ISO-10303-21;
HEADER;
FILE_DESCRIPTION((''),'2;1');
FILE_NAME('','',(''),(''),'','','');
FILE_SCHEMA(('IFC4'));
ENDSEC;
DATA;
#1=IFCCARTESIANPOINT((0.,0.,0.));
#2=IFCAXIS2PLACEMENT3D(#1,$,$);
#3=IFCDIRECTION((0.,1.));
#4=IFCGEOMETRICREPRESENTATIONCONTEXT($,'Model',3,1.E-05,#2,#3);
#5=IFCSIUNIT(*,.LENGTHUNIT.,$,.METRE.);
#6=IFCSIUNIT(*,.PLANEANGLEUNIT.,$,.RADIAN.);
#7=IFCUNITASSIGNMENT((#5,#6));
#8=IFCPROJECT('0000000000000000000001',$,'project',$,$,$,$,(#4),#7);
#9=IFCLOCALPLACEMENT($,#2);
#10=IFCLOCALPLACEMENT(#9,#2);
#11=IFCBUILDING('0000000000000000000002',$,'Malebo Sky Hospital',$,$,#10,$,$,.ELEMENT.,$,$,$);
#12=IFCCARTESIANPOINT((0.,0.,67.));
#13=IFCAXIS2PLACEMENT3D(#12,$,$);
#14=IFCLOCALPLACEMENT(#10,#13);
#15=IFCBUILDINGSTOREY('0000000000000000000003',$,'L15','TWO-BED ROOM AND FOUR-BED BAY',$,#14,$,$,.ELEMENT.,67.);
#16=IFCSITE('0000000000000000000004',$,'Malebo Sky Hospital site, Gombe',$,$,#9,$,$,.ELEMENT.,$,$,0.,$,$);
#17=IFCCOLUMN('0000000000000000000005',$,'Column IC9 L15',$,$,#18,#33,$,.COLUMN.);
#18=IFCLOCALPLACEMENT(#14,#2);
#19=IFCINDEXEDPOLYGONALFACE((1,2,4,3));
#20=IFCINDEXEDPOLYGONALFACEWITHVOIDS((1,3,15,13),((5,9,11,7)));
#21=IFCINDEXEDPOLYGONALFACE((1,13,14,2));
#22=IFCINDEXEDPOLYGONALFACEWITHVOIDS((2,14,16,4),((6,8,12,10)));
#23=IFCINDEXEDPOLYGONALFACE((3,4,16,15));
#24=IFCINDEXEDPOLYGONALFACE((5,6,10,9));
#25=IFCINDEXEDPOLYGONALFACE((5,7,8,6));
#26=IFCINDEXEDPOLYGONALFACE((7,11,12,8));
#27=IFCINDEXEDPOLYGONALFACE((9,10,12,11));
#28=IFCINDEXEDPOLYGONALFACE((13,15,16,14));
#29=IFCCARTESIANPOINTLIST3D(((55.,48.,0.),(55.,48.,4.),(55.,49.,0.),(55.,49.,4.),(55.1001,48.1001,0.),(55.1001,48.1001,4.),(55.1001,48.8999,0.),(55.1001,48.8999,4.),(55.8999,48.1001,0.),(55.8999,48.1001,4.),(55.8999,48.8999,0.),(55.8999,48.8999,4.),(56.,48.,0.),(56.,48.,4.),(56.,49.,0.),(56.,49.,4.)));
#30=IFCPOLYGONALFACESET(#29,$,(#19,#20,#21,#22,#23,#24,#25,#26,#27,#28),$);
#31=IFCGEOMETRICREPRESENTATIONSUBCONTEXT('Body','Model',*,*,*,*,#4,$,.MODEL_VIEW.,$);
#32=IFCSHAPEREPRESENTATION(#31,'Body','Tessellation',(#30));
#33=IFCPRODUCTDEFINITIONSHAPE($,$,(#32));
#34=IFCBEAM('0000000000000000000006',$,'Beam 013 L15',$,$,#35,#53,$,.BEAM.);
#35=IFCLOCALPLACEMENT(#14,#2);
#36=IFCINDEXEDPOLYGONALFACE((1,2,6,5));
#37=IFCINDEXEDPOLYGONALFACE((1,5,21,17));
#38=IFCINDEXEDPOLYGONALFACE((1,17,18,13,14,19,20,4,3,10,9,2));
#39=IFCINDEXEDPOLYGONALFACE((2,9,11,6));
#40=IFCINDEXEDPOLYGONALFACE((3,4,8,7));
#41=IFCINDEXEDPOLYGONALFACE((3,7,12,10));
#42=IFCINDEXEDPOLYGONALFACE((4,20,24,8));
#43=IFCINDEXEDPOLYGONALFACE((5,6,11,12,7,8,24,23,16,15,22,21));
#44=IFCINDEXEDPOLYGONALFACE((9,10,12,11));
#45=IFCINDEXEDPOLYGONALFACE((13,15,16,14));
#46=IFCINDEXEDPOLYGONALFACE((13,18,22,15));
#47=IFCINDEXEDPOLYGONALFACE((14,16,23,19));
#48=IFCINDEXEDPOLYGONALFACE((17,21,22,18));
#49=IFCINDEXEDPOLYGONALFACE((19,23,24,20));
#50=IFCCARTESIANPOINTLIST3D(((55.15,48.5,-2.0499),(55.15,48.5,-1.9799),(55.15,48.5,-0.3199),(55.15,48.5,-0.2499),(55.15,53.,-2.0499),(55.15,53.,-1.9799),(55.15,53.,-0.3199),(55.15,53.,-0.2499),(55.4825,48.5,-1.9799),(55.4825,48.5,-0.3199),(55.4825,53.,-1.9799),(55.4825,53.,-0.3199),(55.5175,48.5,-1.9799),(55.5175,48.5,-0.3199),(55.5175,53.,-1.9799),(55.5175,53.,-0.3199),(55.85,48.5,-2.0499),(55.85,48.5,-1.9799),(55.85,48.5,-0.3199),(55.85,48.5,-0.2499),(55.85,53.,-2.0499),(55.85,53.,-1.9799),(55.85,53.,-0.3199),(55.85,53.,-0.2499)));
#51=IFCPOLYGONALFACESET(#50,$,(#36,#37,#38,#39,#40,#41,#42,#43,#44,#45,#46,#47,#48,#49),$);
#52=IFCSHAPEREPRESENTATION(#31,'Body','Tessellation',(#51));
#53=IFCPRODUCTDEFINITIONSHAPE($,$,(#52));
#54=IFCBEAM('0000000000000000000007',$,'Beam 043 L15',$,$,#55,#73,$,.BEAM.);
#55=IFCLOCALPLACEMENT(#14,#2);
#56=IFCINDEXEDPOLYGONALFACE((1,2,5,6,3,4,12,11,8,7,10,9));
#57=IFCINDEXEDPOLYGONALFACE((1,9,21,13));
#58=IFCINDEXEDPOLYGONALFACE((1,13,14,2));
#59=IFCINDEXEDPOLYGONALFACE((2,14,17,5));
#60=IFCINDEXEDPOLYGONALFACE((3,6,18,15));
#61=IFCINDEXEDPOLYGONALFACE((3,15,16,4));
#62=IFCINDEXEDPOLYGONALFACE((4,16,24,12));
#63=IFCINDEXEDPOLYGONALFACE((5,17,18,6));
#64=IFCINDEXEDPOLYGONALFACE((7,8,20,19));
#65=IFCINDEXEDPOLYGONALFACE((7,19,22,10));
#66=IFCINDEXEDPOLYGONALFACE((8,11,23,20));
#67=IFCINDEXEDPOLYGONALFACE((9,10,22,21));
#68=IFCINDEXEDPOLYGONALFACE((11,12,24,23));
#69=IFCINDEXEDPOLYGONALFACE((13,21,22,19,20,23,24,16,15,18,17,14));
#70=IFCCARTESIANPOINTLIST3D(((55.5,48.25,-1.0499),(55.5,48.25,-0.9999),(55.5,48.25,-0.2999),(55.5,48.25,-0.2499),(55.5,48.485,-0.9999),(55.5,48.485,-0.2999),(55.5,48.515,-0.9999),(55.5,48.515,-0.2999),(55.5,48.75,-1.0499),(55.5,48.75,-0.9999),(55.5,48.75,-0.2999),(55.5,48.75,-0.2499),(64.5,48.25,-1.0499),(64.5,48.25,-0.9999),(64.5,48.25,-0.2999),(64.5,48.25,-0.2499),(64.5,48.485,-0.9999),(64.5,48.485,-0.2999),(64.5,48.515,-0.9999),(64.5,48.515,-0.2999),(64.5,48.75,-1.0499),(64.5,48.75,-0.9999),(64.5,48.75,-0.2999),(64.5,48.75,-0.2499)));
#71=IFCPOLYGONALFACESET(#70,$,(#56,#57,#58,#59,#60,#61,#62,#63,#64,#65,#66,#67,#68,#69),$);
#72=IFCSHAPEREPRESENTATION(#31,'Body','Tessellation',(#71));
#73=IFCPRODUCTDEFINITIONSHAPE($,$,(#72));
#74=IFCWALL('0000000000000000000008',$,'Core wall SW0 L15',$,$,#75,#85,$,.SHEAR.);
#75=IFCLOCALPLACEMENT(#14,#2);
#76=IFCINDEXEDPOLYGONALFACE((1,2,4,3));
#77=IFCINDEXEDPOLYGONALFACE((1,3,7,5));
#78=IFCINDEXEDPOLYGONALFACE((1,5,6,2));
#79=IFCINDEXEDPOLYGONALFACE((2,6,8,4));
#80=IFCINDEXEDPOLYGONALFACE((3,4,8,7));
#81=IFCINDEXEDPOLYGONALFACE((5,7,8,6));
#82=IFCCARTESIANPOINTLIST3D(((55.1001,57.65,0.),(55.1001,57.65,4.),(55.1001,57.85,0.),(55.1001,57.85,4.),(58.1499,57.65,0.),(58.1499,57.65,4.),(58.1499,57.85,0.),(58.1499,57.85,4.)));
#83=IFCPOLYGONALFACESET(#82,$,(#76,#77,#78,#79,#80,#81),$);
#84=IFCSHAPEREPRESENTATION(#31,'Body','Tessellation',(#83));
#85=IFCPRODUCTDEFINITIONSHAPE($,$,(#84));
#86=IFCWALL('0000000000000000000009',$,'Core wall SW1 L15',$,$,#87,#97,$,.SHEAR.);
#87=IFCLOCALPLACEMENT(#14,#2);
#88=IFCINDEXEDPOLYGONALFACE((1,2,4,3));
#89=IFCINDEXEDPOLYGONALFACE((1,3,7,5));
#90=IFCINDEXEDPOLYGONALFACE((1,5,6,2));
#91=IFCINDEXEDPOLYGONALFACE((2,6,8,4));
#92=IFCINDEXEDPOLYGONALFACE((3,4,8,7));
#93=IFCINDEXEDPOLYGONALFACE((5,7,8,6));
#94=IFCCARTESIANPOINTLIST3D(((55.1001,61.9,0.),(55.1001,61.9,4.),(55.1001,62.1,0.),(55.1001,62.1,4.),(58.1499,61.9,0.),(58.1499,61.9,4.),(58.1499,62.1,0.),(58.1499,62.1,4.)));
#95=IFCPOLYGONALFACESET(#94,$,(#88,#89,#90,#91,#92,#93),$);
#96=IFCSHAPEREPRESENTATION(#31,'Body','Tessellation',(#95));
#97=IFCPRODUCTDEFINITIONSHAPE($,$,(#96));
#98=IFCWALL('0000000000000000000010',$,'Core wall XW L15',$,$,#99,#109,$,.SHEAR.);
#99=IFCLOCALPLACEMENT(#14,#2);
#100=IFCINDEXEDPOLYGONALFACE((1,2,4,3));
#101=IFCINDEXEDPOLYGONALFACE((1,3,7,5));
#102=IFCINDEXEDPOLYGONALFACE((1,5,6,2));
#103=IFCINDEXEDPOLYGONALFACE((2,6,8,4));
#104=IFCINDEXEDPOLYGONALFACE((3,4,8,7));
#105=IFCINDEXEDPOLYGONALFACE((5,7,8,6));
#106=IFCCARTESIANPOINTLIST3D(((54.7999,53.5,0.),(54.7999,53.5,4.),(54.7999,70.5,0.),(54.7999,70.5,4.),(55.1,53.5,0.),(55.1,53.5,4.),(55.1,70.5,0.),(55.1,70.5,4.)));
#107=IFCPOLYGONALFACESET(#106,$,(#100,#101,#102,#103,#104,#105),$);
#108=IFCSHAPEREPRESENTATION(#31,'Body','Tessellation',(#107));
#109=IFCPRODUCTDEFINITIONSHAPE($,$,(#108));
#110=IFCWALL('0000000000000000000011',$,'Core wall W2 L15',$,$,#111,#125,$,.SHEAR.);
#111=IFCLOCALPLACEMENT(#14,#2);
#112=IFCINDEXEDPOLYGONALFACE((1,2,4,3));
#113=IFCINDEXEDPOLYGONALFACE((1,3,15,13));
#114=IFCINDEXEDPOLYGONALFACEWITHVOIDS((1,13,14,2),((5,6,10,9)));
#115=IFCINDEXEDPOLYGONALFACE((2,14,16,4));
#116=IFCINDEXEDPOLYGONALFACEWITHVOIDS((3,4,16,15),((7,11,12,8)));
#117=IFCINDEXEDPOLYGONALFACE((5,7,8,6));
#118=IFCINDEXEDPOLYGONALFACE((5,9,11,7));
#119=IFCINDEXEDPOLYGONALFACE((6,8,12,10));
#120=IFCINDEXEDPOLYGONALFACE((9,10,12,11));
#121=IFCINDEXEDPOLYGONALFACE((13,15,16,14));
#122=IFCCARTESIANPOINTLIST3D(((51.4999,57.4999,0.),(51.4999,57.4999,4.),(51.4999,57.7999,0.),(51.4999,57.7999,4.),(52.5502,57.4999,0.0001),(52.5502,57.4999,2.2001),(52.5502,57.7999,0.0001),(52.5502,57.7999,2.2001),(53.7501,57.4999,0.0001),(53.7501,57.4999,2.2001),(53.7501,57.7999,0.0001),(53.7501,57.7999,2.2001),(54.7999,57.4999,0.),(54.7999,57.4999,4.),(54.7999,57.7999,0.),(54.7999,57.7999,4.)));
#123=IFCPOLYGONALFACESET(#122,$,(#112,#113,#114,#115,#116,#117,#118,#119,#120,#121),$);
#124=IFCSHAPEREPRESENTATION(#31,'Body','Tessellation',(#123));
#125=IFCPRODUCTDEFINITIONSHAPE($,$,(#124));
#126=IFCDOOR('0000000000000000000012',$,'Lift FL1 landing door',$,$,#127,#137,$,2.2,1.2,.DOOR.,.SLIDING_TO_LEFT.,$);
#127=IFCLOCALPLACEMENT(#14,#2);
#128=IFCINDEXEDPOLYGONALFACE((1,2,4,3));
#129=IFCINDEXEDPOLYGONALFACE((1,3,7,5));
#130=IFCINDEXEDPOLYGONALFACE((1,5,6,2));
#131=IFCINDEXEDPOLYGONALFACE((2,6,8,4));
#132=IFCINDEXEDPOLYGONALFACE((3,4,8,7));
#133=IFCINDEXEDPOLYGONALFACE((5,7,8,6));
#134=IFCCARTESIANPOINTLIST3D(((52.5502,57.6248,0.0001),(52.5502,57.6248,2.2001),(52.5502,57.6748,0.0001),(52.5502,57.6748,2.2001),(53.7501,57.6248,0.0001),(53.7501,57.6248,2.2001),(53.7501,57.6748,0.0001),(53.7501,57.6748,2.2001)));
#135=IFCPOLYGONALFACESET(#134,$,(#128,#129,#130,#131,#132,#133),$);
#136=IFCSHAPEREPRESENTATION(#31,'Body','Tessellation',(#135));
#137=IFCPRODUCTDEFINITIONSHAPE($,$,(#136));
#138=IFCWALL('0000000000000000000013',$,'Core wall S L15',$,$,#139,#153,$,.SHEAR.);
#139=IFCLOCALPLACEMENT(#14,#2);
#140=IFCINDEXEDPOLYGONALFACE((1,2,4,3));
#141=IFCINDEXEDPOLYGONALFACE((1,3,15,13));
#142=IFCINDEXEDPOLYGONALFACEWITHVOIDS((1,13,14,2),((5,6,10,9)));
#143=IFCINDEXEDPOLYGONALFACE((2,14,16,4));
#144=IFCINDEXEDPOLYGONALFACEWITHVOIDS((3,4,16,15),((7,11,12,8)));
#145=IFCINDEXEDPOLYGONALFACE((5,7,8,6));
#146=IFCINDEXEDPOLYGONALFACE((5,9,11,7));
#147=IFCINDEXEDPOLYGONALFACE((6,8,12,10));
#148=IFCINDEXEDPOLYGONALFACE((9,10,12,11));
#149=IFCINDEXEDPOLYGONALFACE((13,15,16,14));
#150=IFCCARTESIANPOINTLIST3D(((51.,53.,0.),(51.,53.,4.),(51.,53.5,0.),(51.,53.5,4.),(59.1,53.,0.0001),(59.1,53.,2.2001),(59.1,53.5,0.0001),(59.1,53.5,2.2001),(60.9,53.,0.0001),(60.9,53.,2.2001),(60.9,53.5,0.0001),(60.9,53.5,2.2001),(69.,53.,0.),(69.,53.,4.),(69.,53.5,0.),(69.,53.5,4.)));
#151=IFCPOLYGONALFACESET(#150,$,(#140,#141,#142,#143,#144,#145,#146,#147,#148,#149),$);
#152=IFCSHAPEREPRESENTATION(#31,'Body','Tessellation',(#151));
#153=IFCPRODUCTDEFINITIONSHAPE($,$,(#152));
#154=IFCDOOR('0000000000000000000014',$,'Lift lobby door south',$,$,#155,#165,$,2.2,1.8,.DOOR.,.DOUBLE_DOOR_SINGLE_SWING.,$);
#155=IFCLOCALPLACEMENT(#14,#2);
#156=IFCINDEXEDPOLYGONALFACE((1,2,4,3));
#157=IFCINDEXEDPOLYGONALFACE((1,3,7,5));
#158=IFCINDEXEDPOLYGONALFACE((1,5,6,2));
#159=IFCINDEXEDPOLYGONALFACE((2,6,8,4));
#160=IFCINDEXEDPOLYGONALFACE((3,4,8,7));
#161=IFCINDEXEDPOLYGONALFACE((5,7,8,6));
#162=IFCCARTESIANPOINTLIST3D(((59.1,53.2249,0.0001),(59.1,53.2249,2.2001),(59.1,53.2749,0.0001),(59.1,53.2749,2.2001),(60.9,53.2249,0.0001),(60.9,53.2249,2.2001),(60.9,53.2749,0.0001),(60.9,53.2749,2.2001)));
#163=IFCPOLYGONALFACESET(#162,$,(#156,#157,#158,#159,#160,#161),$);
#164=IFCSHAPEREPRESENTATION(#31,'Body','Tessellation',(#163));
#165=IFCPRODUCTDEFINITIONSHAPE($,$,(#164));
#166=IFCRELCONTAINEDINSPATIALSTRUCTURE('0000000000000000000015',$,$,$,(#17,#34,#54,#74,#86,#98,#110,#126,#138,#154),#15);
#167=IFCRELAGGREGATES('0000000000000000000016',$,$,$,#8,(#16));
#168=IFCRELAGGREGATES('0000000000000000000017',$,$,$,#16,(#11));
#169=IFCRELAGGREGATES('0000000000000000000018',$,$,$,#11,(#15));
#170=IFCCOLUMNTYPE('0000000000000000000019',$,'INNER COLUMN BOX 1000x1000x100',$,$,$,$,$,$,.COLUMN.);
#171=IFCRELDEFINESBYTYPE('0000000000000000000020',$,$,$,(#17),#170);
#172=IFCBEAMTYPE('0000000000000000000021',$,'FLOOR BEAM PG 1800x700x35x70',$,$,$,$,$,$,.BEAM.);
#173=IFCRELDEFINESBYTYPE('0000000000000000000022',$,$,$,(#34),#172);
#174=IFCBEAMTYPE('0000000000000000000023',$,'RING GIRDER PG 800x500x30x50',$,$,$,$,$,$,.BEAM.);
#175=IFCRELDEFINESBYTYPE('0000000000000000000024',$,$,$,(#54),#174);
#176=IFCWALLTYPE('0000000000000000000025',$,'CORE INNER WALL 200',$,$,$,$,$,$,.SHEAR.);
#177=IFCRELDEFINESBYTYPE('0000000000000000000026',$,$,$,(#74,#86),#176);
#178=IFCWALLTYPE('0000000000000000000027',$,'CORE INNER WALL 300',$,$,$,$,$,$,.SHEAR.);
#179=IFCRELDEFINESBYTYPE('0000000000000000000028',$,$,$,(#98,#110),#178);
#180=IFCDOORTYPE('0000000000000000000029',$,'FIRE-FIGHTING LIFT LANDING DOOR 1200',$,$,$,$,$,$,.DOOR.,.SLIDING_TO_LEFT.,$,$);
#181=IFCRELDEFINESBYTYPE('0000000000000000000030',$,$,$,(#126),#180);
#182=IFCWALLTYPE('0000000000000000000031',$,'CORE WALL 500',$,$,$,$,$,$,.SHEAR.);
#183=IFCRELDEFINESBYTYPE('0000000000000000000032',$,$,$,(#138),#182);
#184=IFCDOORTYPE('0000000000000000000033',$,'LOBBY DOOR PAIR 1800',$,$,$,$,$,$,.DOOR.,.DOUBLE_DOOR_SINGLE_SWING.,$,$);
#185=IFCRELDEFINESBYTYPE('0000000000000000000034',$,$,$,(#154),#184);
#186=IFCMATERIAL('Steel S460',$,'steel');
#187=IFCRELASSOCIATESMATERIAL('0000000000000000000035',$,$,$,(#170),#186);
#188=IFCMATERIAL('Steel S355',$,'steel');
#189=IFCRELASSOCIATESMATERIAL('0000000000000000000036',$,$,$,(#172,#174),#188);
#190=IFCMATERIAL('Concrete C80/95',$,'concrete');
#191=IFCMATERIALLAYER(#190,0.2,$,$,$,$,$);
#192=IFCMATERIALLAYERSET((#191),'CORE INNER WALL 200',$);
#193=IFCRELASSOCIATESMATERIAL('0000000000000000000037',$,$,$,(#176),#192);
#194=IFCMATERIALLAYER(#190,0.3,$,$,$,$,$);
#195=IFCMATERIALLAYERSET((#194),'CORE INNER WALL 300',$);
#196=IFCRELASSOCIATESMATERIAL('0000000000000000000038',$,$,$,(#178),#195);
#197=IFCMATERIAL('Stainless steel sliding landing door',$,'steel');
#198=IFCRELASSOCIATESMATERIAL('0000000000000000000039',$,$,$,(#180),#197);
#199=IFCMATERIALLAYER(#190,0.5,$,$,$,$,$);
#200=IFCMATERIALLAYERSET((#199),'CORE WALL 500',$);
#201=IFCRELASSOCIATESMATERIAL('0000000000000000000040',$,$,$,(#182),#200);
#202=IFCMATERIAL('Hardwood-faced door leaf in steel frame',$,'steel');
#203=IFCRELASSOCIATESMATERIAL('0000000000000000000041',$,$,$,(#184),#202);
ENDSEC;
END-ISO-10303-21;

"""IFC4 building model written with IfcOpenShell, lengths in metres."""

from ifc_helpers import new_model, si_unit, direction, frame, frame_2d, origin, origin_2d, place, context, subcontext, project, spatial, rectangle, hollow_rectangle, i_section, extrude, material, layer, layer_set, material_profile, profile_set, type_object, element, fill, save


model = new_model("IFC4")

# Units and contexts
model_context = context("Model", 3, precision=1e-05, world=origin(), true_north=direction((0.0, 1.0)))
body_context = subcontext(model_context, "Body", "Model", "MODEL_VIEW")
ifc_project = project(units=[si_unit("LENGTHUNIT", "METRE"), si_unit("PLANEANGLEUNIT", "RADIAN")], contexts=[model_context])

# Site, building, storey
site_placement = place(None, origin())
site = spatial("IfcSite", under=ifc_project, at=site_placement, Name="Malebo Sky Hospital site, Gombe", CompositionType="ELEMENT", RefElevation=0.0)
building_placement = place(site_placement, origin())
building = spatial("IfcBuilding", under=site, at=building_placement, Name="Malebo Sky Hospital", CompositionType="ELEMENT")
storey_placement = place(building_placement, frame((0.0, 0.0, 67.0)))
storey = spatial("IfcBuildingStorey", under=building, at=storey_placement, Name="L15", Description="TWO-BED ROOM AND FOUR-BED BAY", CompositionType="ELEMENT", Elevation=67.0)

# Column
ifc_material_1 = material(Name="Steel S460", Category="steel")
ifc_material_profile_1 = material_profile(ifc_material_1, hollow_rectangle(XDim=1.0, YDim=1.0, WallThickness=0.1001, at=origin_2d()), Name="BOX 1000x1000x100")
ifc_profile_set_1 = profile_set([ifc_material_profile_1], Name="Steel S460")
column_type = type_object("IfcColumnType", Name="INNER COLUMN BOX 1000x1000x100", PredefinedType="COLUMN", material=ifc_profile_set_1)
column_placement = place(storey_placement, frame((55.5, 48.5, 0.0), z_axis=(0.0, 0.0, 1.0), x_axis=(1.0, 0.0, 0.0)))
element("IfcColumn", 1, at=column_placement, inside=storey, type_object=column_type, Name="Column IC9 L15", PredefinedType="COLUMN", context=body_context, shape_type="SweptSolid", body=[
    extrude(hollow_rectangle(XDim=1.0, YDim=1.0, WallThickness=0.1001, at=origin_2d()), origin(), (0.0, 0.0, 1.0), 4.0),
])

# Beams
ifc_material_2 = material(Name="Steel S355", Category="steel")
ifc_material_profile_2 = material_profile(ifc_material_2, i_section(OverallWidth=0.7, OverallDepth=1.8, WebThickness=0.0349, FlangeThickness=0.0701, at=origin_2d()), Name="PG 1800x700x35x70")
ifc_profile_set_2 = profile_set([ifc_material_profile_2], Name="Steel S355")
beam_type_1 = type_object("IfcBeamType", Name="FLOOR BEAM PG 1800x700x35x70", PredefinedType="BEAM", material=ifc_profile_set_2)
beam_1_placement = place(storey_placement, frame((55.5, 48.5, -1.1499), z_axis=(0.0, 1.0, 0.0), x_axis=(-1.0, 0.0, 0.0)))
element("IfcBeam", 2, at=beam_1_placement, inside=storey, type_object=beam_type_1, Name="Beam 013 L15", PredefinedType="BEAM", context=body_context, shape_type="SweptSolid", body=[
    extrude(i_section(OverallWidth=0.7, OverallDepth=1.8, WebThickness=0.0349, FlangeThickness=0.0701, at=origin_2d()), origin(), (0.0, 0.0, 1.0), 4.5),
])
ifc_material_profile_3 = material_profile(ifc_material_2, i_section(OverallWidth=0.5, OverallDepth=0.8, WebThickness=0.03, FlangeThickness=0.05, at=origin_2d()), Name="PG 800x500x30x50")
ifc_profile_set_3 = profile_set([ifc_material_profile_3], Name="Steel S355")
beam_type_2 = type_object("IfcBeamType", Name="RING GIRDER PG 800x500x30x50", PredefinedType="BEAM", material=ifc_profile_set_3)
beam_2_placement = place(storey_placement, frame((55.5, 48.5, -0.6499), z_axis=(1.0, 0.0, 0.0), x_axis=(0.0, 1.0, 0.0)))
element("IfcBeam", 3, at=beam_2_placement, inside=storey, type_object=beam_type_2, Name="Beam 043 L15", PredefinedType="BEAM", context=body_context, shape_type="SweptSolid", body=[
    extrude(i_section(OverallWidth=0.5, OverallDepth=0.8, WebThickness=0.03, FlangeThickness=0.05, at=origin_2d()), origin(), (0.0, 0.0, 1.0), 9.0),
])

# Walls
ifc_material_3 = material(Name="Concrete C80/95", Category="concrete")
ifc_layer_1 = layer(ifc_material_3, 0.2)
ifc_layer_set_1 = layer_set([ifc_layer_1], Name="CORE INNER WALL 200")
wall_type_1 = type_object("IfcWallType", Name="CORE INNER WALL 200", PredefinedType="SHEAR", material=ifc_layer_set_1)
for number, where, z_axis, x_axis, name in (
    (4, (55.1001, 57.75, 0.0), (0.0, 0.0, 1.0), (1.0, 0.0, 0.0), "Core wall SW0 L15"),
    (5, (55.1001, 62.0, 0.0), (0.0, 0.0, 1.0), (1.0, 0.0, 0.0), "Core wall SW1 L15"),
):
    element("IfcWall", number, at=place(storey_placement, frame(where, z_axis=z_axis, x_axis=x_axis)), inside=storey, type_object=wall_type_1, Name=name, PredefinedType="SHEAR", context=body_context, shape_type="SweptSolid", body=[
        extrude(rectangle(XDim=3.0498, YDim=0.2, at=frame_2d((1.5249, 0.0))), origin(), (0.0, 0.0, 1.0), 4.0),
    ])
ifc_layer_2 = layer(ifc_material_3, 0.3)
ifc_layer_set_2 = layer_set([ifc_layer_2], Name="CORE INNER WALL 300")
wall_type_2 = type_object("IfcWallType", Name="CORE INNER WALL 300", PredefinedType="SHEAR", material=ifc_layer_set_2)
wall_1_placement = place(storey_placement, frame((54.95, 53.5, 0.0), z_axis=(0.0, 0.0, 1.0), x_axis=(0.0, 1.0, 0.0)))
element("IfcWall", 6, at=wall_1_placement, inside=storey, type_object=wall_type_2, Name="Core wall XW L15", PredefinedType="SHEAR", context=body_context, shape_type="SweptSolid", body=[
    extrude(rectangle(XDim=17.0, YDim=0.3, at=frame_2d((8.5, 0.0))), origin(), (0.0, 0.0, 1.0), 4.0),
])

# Walls, openings, doors
wall_2_placement = place(storey_placement, frame((51.5, 57.6499, 0.0), z_axis=(0.0, 0.0, 1.0), x_axis=(1.0, 0.0, 0.0)))
wall_2 = element("IfcWall", 7, at=wall_2_placement, inside=storey, type_object=wall_type_2, Name="Core wall W2 L15", PredefinedType="SHEAR", context=body_context, shape_type="SweptSolid", body=[
    extrude(rectangle(XDim=3.3, YDim=0.3, at=frame_2d((1.6499, 0.0))), origin(), (0.0, 0.0, 1.0), 4.0),
])
opening_1_placement = place(wall_2_placement, frame((1.05, 0.0, 0.0)))
opening_1 = element("IfcOpeningElement", 8, at=opening_1_placement, cuts=wall_2, PredefinedType="OPENING", context=body_context, shape_type="SweptSolid", body=[
    extrude(rectangle(XDim=1.2, YDim=2.2, at=frame_2d((0.6001, 1.1001))), frame((0.0, 0.1599, 0.0), z_axis=(0.0, -1.0, 0.0), x_axis=(1.0, 0.0, 0.0)), (0.0, 0.0, 1.0), 0.3201),
])
ifc_material_4 = material(Name="Stainless steel sliding landing door", Category="steel")
door_type_1 = type_object("IfcDoorType", Name="FIRE-FIGHTING LIFT LANDING DOOR 1200", OperationType="SLIDING_TO_LEFT", PredefinedType="DOOR", material=ifc_material_4)
door_1_placement = place(opening_1_placement, origin())
door_1 = element("IfcDoor", 9, at=door_1_placement, inside=storey, type_object=door_type_1, Name="Lift FL1 landing door", OperationType="SLIDING_TO_LEFT", OverallHeight=2.2, OverallWidth=1.2, PredefinedType="DOOR", context=body_context, shape_type="SweptSolid", body=[
    extrude(rectangle(XDim=1.2, YDim=2.2, at=frame_2d((0.6001, 1.1001))), frame((0.0, 0.0249, 0.0), z_axis=(0.0, -1.0, 0.0), x_axis=(1.0, 0.0, 0.0)), (0.0, 0.0, 1.0), 0.05),
])
fill(opening_1, door_1)
ifc_layer_3 = layer(ifc_material_3, 0.5)
ifc_layer_set_3 = layer_set([ifc_layer_3], Name="CORE WALL 500")
wall_type_3 = type_object("IfcWallType", Name="CORE WALL 500", PredefinedType="SHEAR", material=ifc_layer_set_3)
wall_3_placement = place(storey_placement, frame((51.0, 53.25, 0.0), z_axis=(0.0, 0.0, 1.0), x_axis=(1.0, 0.0, 0.0)))
wall_3 = element("IfcWall", 10, at=wall_3_placement, inside=storey, type_object=wall_type_3, Name="Core wall S L15", PredefinedType="SHEAR", context=body_context, shape_type="SweptSolid", body=[
    extrude(rectangle(XDim=18.0, YDim=0.5, at=frame_2d((9.0, 0.0))), origin(), (0.0, 0.0, 1.0), 4.0),
])
opening_2_placement = place(wall_3_placement, frame((8.1001, 0.0, 0.0)))
opening_2 = element("IfcOpeningElement", 11, at=opening_2_placement, cuts=wall_3, PredefinedType="OPENING", context=body_context, shape_type="SweptSolid", body=[
    extrude(rectangle(XDim=1.8, YDim=2.2, at=frame_2d((0.8999, 1.1001))), frame((0.0, 0.26, 0.0), z_axis=(0.0, -1.0, 0.0), x_axis=(1.0, 0.0, 0.0)), (0.0, 0.0, 1.0), 0.52),
])
ifc_material_5 = material(Name="Hardwood-faced door leaf in steel frame", Category="steel")
door_type_2 = type_object("IfcDoorType", Name="LOBBY DOOR PAIR 1800", OperationType="DOUBLE_DOOR_SINGLE_SWING", PredefinedType="DOOR", material=ifc_material_5)
door_2_placement = place(opening_2_placement, origin())
door_2 = element("IfcDoor", 12, at=door_2_placement, inside=storey, type_object=door_type_2, Name="Lift lobby door south", OperationType="DOUBLE_DOOR_SINGLE_SWING", OverallHeight=2.2, OverallWidth=1.8, PredefinedType="DOOR", context=body_context, shape_type="SweptSolid", body=[
    extrude(rectangle(XDim=1.8, YDim=2.2, at=frame_2d((0.8999, 1.1001))), frame((0.0, 0.0249, 0.0), z_axis=(0.0, -1.0, 0.0), x_axis=(1.0, 0.0, 0.0)), (0.0, 0.0, 1.0), 0.05),
])
fill(opening_2, door_2)

save(model, "model.ifc")
